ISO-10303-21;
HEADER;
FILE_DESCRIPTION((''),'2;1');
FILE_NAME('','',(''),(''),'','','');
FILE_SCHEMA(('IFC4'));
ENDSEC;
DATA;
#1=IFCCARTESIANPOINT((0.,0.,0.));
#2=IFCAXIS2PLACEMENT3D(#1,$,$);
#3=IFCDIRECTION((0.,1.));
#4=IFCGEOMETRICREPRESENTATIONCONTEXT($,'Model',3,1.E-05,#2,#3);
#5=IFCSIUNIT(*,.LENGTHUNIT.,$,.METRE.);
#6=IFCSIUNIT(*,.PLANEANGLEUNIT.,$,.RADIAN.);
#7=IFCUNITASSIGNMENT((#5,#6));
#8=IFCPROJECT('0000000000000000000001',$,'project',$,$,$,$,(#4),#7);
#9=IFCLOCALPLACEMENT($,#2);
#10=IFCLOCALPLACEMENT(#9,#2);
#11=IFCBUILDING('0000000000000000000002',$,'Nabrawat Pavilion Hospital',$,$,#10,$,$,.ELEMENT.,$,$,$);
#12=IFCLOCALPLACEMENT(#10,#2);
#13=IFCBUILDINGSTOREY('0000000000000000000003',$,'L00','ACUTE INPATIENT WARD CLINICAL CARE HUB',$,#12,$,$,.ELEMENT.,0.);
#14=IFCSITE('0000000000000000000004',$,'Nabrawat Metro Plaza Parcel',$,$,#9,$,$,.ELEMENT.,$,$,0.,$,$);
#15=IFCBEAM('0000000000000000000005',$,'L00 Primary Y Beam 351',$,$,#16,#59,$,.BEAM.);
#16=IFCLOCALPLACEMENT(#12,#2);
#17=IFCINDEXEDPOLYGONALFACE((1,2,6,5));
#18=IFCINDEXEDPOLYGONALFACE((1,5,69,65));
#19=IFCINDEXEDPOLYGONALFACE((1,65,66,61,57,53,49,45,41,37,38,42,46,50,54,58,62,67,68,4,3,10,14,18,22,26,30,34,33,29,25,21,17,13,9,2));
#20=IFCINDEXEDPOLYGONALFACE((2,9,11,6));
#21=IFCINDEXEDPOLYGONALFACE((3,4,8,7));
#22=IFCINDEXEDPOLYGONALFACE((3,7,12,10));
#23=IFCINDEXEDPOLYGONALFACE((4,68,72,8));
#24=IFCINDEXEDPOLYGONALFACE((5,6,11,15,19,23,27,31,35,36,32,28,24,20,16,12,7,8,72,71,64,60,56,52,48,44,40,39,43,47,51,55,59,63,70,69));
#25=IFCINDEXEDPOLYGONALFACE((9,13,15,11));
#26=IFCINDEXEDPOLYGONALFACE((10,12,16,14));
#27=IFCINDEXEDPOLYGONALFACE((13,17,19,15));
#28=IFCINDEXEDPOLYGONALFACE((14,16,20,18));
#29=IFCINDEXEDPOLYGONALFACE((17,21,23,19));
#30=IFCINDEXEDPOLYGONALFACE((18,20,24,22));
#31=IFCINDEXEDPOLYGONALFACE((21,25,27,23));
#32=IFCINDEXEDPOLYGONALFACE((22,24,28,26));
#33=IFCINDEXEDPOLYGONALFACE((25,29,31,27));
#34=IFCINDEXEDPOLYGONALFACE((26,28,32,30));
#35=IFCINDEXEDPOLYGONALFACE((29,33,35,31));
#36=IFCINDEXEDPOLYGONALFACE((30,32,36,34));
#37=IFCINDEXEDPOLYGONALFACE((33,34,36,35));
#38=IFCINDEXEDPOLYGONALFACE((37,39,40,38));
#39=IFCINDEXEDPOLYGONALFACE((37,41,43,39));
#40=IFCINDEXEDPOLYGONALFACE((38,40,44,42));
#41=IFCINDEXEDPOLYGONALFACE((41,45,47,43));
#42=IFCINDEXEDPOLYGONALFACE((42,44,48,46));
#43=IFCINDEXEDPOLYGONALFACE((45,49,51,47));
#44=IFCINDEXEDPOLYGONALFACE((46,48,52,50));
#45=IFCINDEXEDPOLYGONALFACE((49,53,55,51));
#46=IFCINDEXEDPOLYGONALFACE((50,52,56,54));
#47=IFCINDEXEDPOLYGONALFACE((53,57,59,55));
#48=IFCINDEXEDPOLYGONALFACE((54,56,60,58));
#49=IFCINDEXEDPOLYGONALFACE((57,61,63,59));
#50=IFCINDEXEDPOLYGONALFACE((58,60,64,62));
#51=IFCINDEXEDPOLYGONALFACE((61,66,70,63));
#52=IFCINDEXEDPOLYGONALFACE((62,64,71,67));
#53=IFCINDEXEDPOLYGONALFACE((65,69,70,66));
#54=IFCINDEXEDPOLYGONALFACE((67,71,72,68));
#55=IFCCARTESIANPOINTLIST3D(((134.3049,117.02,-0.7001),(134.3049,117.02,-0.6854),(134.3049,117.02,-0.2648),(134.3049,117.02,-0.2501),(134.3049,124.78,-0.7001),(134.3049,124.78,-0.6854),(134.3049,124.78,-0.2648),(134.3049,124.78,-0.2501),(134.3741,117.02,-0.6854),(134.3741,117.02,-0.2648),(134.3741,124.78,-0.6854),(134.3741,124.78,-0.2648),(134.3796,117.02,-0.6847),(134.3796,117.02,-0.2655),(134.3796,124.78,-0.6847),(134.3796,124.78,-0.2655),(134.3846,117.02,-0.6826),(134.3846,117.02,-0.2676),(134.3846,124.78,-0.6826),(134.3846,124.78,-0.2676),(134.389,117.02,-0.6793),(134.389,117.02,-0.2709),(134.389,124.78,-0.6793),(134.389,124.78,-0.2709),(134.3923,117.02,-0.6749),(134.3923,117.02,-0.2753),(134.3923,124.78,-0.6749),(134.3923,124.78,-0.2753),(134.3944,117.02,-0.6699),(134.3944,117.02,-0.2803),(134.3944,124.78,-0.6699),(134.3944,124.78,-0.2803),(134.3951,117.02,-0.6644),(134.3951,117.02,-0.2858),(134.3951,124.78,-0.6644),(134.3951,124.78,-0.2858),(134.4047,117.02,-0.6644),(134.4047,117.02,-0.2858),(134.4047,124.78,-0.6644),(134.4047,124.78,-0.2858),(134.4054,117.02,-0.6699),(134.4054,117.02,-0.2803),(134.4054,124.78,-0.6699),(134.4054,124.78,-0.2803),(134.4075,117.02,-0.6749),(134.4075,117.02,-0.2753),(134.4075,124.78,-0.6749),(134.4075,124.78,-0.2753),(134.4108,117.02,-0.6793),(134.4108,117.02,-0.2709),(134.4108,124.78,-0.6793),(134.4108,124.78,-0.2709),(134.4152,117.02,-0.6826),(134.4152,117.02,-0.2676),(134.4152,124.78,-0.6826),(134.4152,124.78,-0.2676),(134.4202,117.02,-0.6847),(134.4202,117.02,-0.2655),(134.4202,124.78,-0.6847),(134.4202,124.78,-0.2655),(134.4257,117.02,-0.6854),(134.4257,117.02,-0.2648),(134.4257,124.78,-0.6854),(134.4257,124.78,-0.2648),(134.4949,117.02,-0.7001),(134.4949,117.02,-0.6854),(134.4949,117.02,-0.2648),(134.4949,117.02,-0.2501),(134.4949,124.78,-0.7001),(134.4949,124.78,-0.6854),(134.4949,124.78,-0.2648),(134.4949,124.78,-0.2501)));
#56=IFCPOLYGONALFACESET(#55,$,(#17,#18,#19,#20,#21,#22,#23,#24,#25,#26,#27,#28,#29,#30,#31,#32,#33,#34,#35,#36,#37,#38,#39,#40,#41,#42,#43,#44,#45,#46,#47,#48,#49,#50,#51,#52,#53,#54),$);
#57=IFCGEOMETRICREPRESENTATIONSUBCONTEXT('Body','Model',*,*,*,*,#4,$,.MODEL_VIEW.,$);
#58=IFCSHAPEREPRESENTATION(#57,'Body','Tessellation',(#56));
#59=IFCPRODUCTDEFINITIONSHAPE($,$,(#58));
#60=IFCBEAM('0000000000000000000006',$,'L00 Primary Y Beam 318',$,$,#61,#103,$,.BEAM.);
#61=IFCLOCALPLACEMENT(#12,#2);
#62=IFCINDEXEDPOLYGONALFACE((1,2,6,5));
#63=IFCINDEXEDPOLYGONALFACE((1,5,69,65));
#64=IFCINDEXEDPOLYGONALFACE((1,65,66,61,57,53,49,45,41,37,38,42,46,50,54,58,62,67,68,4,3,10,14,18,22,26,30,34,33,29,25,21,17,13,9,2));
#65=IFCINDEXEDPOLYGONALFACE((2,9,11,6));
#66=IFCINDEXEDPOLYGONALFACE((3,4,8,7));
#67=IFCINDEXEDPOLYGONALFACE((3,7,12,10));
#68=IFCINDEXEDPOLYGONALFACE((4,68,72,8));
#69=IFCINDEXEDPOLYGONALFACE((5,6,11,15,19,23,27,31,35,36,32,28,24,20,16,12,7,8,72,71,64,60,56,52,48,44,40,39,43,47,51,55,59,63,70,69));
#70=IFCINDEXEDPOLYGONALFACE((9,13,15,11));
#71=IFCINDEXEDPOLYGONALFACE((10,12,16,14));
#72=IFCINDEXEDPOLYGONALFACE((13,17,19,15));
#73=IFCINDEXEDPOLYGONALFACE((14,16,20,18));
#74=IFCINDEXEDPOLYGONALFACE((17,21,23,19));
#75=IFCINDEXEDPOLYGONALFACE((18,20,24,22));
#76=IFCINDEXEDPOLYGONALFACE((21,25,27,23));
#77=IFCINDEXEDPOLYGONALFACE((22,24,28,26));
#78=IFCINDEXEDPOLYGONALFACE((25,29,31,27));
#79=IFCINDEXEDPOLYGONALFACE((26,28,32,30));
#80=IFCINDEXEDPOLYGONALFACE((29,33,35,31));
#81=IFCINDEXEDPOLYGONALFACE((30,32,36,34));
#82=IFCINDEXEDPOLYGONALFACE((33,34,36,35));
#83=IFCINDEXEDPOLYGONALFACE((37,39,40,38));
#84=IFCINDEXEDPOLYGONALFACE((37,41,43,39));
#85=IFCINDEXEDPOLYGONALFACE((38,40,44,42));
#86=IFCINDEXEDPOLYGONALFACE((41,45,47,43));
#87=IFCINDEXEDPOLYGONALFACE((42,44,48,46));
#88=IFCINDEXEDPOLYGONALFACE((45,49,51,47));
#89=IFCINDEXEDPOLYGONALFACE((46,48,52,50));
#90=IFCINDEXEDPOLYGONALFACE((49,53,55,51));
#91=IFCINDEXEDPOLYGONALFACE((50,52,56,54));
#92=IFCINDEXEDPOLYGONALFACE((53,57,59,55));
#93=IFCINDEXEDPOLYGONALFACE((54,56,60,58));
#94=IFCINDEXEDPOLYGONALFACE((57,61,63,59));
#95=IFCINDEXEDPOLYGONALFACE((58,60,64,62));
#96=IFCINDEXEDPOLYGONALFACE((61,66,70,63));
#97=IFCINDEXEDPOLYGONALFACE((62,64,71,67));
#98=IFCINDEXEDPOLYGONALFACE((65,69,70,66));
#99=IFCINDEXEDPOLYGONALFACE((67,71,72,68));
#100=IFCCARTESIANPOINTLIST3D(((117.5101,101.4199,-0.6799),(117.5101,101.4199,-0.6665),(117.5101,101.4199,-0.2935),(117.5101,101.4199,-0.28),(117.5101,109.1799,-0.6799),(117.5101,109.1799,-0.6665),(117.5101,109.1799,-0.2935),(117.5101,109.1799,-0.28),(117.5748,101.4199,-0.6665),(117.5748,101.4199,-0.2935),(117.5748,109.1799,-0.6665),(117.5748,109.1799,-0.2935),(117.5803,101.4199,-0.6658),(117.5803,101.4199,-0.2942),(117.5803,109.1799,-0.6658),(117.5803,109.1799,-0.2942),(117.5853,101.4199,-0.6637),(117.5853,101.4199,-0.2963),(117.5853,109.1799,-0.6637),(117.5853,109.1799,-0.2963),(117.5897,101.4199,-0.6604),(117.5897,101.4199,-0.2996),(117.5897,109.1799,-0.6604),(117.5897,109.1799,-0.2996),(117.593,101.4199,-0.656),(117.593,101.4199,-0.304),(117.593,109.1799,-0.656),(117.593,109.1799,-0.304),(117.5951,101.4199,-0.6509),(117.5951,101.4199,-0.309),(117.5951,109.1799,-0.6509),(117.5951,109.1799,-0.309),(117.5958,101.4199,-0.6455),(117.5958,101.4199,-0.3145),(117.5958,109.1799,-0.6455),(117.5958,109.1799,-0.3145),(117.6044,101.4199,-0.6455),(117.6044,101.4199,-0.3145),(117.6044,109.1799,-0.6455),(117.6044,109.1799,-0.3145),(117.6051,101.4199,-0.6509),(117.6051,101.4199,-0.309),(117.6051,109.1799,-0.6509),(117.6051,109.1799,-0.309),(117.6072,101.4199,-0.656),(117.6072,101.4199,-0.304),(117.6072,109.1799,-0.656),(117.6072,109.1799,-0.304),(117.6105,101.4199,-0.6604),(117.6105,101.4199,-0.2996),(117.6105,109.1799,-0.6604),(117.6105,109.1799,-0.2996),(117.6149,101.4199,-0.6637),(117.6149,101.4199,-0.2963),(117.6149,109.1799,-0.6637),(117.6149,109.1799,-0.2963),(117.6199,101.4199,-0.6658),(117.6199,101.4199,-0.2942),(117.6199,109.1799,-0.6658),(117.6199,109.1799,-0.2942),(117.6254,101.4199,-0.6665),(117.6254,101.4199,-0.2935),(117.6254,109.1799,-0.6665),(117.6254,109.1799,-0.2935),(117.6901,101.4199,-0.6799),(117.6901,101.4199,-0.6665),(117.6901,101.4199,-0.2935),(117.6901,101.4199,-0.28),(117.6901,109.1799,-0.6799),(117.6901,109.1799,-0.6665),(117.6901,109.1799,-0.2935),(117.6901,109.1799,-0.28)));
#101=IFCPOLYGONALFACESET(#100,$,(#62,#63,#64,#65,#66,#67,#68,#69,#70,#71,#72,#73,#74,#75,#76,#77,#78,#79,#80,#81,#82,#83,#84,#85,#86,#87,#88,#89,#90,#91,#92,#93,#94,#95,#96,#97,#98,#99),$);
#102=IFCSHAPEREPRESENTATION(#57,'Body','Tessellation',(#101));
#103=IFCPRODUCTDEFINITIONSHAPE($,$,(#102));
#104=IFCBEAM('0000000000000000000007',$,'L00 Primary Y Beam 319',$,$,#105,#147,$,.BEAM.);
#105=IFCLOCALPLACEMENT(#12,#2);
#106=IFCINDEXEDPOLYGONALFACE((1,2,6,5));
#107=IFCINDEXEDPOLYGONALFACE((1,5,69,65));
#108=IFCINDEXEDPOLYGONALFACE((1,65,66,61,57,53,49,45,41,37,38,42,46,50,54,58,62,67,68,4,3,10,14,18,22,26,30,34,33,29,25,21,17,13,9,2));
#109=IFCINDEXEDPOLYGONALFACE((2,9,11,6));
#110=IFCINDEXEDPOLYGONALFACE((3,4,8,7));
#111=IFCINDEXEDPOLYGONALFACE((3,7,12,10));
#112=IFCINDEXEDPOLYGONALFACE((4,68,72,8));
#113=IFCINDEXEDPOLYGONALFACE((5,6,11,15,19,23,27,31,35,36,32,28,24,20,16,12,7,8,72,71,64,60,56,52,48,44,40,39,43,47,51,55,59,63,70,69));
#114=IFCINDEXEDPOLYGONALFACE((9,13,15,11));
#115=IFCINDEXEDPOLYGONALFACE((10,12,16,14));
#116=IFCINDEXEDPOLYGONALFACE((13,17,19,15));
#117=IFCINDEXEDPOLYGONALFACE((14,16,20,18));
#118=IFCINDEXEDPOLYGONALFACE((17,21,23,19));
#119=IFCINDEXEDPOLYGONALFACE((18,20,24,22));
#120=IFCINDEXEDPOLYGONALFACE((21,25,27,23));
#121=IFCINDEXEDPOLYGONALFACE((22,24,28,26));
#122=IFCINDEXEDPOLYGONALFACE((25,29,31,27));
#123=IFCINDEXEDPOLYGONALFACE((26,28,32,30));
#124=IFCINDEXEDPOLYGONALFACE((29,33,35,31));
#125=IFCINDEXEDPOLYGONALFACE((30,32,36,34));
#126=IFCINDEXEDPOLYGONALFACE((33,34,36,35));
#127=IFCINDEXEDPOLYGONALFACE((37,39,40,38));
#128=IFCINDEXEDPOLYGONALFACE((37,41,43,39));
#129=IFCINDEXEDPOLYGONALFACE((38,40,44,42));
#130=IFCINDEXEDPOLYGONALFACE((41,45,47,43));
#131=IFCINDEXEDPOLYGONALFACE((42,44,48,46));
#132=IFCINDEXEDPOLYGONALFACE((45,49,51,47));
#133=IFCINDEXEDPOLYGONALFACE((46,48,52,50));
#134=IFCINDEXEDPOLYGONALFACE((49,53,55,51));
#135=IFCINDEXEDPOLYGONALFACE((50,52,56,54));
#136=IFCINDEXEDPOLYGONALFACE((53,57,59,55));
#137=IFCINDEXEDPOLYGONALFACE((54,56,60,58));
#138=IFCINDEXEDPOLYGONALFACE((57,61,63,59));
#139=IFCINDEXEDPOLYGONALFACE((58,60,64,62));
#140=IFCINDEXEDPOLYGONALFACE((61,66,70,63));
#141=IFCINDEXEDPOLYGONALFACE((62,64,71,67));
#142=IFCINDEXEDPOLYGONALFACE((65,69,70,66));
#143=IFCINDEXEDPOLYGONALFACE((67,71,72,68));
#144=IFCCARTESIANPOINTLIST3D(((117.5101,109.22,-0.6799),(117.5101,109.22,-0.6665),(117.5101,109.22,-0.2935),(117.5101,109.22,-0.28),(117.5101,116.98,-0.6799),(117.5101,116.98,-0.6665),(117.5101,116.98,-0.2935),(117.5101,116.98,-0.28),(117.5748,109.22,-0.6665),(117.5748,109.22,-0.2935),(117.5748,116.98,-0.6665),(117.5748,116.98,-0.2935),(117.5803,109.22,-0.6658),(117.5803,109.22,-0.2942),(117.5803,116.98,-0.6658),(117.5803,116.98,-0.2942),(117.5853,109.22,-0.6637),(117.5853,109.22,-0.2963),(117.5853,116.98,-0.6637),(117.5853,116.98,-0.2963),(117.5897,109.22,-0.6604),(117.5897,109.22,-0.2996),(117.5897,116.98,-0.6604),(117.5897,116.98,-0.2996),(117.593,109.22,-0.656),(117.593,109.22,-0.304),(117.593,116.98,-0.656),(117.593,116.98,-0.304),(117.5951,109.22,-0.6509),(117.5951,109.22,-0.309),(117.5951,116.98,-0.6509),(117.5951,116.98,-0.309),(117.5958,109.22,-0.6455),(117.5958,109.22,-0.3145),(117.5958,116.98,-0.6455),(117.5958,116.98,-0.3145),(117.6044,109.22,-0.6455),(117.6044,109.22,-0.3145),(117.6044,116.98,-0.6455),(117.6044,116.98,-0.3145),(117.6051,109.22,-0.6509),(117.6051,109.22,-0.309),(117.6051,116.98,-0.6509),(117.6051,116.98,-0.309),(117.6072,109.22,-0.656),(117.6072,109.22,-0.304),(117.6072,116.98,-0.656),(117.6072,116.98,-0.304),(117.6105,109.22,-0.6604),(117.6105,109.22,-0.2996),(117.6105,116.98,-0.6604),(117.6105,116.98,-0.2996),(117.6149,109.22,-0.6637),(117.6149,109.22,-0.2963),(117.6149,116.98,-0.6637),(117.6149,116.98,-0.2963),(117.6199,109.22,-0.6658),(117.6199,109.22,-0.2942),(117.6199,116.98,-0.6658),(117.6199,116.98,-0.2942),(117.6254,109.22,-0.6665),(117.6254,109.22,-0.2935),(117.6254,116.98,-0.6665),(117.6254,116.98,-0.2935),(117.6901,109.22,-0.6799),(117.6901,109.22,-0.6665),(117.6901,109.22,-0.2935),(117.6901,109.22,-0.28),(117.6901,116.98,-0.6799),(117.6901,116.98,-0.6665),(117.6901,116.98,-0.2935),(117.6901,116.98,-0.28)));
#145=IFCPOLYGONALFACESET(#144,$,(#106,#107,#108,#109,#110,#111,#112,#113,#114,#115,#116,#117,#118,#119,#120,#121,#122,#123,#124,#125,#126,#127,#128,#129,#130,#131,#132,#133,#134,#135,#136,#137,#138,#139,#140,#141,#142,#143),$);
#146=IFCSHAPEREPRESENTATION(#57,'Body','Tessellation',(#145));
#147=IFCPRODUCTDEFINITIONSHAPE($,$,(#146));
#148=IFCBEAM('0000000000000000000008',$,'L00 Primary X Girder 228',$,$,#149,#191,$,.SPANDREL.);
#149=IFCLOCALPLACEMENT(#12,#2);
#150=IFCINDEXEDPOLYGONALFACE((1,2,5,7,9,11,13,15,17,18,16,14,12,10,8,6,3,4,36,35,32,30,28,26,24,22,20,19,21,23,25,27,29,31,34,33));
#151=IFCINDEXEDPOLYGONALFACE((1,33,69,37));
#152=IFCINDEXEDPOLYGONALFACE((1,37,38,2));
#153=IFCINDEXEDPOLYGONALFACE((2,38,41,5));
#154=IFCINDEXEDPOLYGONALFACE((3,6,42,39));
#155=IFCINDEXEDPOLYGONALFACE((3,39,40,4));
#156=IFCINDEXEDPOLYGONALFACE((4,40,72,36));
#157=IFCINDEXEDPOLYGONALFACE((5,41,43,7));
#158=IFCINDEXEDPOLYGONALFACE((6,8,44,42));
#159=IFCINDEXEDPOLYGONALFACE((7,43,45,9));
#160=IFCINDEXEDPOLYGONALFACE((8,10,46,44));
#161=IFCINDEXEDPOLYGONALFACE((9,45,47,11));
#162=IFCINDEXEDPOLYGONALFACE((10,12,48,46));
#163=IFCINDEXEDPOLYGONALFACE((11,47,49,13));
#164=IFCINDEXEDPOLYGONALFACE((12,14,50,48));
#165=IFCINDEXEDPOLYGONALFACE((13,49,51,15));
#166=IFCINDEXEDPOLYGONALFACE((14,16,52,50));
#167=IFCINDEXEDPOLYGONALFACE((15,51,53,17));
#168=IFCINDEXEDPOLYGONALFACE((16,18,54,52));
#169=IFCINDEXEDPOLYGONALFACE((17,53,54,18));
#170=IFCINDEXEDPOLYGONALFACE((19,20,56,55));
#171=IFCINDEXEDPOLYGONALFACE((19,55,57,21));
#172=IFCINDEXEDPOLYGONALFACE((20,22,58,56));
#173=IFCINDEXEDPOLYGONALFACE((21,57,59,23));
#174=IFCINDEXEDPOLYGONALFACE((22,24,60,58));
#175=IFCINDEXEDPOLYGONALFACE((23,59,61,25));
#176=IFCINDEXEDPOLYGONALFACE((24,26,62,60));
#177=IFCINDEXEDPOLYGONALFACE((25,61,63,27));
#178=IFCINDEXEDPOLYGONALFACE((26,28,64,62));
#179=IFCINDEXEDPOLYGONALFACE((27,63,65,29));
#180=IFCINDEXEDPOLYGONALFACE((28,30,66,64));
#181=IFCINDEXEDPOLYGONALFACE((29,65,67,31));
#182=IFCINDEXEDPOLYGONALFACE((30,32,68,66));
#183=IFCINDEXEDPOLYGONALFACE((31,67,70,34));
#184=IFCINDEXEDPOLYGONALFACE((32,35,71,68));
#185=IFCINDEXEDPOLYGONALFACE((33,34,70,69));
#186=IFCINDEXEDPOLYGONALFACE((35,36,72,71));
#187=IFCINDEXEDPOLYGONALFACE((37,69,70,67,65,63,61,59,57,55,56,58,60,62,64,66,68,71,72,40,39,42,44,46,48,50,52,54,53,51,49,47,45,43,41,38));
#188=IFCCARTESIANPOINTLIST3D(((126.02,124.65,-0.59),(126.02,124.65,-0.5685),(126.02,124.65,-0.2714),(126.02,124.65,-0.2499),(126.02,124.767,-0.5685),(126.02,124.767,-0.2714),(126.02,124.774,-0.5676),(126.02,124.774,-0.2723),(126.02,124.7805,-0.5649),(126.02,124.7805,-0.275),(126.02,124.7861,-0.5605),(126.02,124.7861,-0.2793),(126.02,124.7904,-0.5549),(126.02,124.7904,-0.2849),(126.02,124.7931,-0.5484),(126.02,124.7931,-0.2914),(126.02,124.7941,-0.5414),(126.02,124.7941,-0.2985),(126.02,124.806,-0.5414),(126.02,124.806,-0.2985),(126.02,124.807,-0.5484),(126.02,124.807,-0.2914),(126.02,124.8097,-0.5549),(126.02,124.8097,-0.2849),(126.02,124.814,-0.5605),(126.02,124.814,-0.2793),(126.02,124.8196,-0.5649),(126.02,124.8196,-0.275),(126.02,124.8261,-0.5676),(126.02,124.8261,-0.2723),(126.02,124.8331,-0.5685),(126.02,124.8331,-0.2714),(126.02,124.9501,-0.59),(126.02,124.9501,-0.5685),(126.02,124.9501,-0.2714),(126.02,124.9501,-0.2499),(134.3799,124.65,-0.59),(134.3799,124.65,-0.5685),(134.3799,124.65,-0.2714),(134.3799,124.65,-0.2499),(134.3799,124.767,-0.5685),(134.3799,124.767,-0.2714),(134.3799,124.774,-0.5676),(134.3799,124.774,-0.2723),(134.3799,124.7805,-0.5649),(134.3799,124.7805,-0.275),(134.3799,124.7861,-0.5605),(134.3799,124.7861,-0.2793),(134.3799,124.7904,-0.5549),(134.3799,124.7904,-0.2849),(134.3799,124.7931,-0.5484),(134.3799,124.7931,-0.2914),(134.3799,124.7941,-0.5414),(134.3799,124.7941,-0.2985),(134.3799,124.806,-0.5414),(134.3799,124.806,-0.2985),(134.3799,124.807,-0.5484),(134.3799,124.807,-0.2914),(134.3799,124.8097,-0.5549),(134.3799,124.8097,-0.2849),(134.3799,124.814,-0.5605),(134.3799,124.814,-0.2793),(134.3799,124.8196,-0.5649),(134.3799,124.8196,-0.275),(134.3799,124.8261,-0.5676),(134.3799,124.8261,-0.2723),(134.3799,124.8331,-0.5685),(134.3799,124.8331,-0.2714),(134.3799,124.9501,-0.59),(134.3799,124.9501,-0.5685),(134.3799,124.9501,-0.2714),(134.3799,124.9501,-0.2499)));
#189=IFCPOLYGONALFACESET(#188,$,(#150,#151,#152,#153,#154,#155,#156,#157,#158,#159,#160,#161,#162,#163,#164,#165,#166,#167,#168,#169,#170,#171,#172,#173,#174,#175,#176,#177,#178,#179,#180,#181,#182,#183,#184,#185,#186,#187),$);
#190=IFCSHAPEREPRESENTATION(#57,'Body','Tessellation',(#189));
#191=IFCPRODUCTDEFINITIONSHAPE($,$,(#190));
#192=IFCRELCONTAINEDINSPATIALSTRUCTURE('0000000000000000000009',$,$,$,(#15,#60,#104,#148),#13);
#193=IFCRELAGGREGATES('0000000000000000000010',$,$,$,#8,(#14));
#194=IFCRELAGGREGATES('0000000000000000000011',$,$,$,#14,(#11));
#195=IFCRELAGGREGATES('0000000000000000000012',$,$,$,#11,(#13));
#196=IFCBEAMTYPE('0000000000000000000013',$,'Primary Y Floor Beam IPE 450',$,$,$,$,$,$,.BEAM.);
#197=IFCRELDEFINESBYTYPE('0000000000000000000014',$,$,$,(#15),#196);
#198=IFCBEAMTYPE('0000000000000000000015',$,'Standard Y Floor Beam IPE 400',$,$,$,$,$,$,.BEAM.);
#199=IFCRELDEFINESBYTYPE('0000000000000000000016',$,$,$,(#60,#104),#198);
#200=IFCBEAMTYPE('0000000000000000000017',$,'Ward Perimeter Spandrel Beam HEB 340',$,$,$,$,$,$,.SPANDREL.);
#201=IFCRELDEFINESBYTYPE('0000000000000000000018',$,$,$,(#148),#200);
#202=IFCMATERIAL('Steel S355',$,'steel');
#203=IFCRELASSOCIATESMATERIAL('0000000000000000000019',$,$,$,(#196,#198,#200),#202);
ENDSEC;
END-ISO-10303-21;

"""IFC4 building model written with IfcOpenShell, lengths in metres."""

from ifc_helpers import new_model, si_unit, direction, frame, origin, origin_2d, place, context, subcontext, project, spatial, i_section, extrude, material, material_profile, profile_set, type_object, element, save


model = new_model("IFC4")

# Units and contexts
model_context = context("Model", 3, precision=1e-05, world=origin(), true_north=direction((0.0, 1.0)))
body_context = subcontext(model_context, "Body", "Model", "MODEL_VIEW")
ifc_project = project(units=[si_unit("LENGTHUNIT", "METRE"), si_unit("PLANEANGLEUNIT", "RADIAN")], contexts=[model_context])

# Site, building, storey
site_placement = place(None, origin())
site = spatial("IfcSite", under=ifc_project, at=site_placement, Name="Nabrawat Metro Plaza Parcel", CompositionType="ELEMENT", RefElevation=0.0)
building_placement = place(site_placement, origin())
building = spatial("IfcBuilding", under=site, at=building_placement, Name="Nabrawat Pavilion Hospital", CompositionType="ELEMENT")
storey_placement = place(building_placement, origin())
storey = spatial("IfcBuildingStorey", under=building, at=storey_placement, Name="L00", Description="ACUTE INPATIENT WARD CLINICAL CARE HUB", CompositionType="ELEMENT", Elevation=0.0)

# Shared definitions
ifc_material_1 = material(Name="Steel S355", Category="steel")

# Beams
ifc_material_profile_1 = material_profile(ifc_material_1, i_section(OverallWidth=0.1899, OverallDepth=0.45, WebThickness=0.0095, FlangeThickness=0.0146, FilletRadius=0.021, at=origin_2d()), Name="IPE 450")
ifc_profile_set_1 = profile_set([ifc_material_profile_1], Name="Steel S355")
beam_type_1 = type_object("IfcBeamType", Name="Primary Y Floor Beam IPE 450", PredefinedType="BEAM", material=ifc_profile_set_1)
for number, where, z_axis, x_axis, name in (
    (1, (134.3999, 117.02, -0.4751), (0.0, 1.0, 0.0), (-1.0, 0.0, 0.0), "L00 Primary Y Beam 351"),
):
    element("IfcBeam", number, at=place(storey_placement, frame(where, z_axis=z_axis, x_axis=x_axis)), inside=storey, type_object=beam_type_1, Name=name, PredefinedType="BEAM", context=body_context, shape_type="SweptSolid", body=[
        extrude(i_section(OverallWidth=0.1899, OverallDepth=0.45, WebThickness=0.0095, FlangeThickness=0.0146, FilletRadius=0.021, at=origin_2d()), origin(), (0.0, 0.0, 1.0), 7.76),
    ])
ifc_material_profile_2 = material_profile(ifc_material_1, i_section(OverallWidth=0.1799, OverallDepth=0.3999, WebThickness=0.0085, FlangeThickness=0.0134, FilletRadius=0.021, at=origin_2d()), Name="IPE 400")
ifc_profile_set_2 = profile_set([ifc_material_profile_2], Name="Steel S355")
beam_type_2 = type_object("IfcBeamType", Name="Standard Y Floor Beam IPE 400", PredefinedType="BEAM", material=ifc_profile_set_2)
for number, where, z_axis, x_axis, name in (
    (2, (117.6001, 101.4199, -0.48), (0.0, 1.0, 0.0), (-1.0, 0.0, 0.0), "L00 Primary Y Beam 318"),
    (3, (117.6001, 109.22, -0.48), (0.0, 1.0, 0.0), (-1.0, 0.0, 0.0), "L00 Primary Y Beam 319"),
):
    element("IfcBeam", number, at=place(storey_placement, frame(where, z_axis=z_axis, x_axis=x_axis)), inside=storey, type_object=beam_type_2, Name=name, PredefinedType="BEAM", context=body_context, shape_type="SweptSolid", body=[
        extrude(i_section(OverallWidth=0.1799, OverallDepth=0.3999, WebThickness=0.0085, FlangeThickness=0.0134, FilletRadius=0.021, at=origin_2d()), origin(), (0.0, 0.0, 1.0), 7.76),
    ])
ifc_material_profile_3 = material_profile(ifc_material_1, i_section(OverallWidth=0.3, OverallDepth=0.3401, WebThickness=0.012, FlangeThickness=0.0215, FilletRadius=0.0271, at=origin_2d()), Name="HEB 340")
ifc_profile_set_3 = profile_set([ifc_material_profile_3], Name="Steel S355")
beam_type_3 = type_object("IfcBeamType", Name="Ward Perimeter Spandrel Beam HEB 340", PredefinedType="SPANDREL", material=ifc_profile_set_3)
beam_1_placement = place(storey_placement, frame((126.02, 124.8, -0.4199), z_axis=(1.0, 0.0, 0.0), x_axis=(0.0, 1.0, 0.0)))
element("IfcBeam", 4, at=beam_1_placement, inside=storey, type_object=beam_type_3, Name="L00 Primary X Girder 228", PredefinedType="SPANDREL", context=body_context, shape_type="SweptSolid", body=[
    extrude(i_section(OverallWidth=0.3, OverallDepth=0.3401, WebThickness=0.012, FlangeThickness=0.0215, FilletRadius=0.0271, at=origin_2d()), origin(), (0.0, 0.0, 1.0), 8.3599),
])

save(model, "model.ifc")
